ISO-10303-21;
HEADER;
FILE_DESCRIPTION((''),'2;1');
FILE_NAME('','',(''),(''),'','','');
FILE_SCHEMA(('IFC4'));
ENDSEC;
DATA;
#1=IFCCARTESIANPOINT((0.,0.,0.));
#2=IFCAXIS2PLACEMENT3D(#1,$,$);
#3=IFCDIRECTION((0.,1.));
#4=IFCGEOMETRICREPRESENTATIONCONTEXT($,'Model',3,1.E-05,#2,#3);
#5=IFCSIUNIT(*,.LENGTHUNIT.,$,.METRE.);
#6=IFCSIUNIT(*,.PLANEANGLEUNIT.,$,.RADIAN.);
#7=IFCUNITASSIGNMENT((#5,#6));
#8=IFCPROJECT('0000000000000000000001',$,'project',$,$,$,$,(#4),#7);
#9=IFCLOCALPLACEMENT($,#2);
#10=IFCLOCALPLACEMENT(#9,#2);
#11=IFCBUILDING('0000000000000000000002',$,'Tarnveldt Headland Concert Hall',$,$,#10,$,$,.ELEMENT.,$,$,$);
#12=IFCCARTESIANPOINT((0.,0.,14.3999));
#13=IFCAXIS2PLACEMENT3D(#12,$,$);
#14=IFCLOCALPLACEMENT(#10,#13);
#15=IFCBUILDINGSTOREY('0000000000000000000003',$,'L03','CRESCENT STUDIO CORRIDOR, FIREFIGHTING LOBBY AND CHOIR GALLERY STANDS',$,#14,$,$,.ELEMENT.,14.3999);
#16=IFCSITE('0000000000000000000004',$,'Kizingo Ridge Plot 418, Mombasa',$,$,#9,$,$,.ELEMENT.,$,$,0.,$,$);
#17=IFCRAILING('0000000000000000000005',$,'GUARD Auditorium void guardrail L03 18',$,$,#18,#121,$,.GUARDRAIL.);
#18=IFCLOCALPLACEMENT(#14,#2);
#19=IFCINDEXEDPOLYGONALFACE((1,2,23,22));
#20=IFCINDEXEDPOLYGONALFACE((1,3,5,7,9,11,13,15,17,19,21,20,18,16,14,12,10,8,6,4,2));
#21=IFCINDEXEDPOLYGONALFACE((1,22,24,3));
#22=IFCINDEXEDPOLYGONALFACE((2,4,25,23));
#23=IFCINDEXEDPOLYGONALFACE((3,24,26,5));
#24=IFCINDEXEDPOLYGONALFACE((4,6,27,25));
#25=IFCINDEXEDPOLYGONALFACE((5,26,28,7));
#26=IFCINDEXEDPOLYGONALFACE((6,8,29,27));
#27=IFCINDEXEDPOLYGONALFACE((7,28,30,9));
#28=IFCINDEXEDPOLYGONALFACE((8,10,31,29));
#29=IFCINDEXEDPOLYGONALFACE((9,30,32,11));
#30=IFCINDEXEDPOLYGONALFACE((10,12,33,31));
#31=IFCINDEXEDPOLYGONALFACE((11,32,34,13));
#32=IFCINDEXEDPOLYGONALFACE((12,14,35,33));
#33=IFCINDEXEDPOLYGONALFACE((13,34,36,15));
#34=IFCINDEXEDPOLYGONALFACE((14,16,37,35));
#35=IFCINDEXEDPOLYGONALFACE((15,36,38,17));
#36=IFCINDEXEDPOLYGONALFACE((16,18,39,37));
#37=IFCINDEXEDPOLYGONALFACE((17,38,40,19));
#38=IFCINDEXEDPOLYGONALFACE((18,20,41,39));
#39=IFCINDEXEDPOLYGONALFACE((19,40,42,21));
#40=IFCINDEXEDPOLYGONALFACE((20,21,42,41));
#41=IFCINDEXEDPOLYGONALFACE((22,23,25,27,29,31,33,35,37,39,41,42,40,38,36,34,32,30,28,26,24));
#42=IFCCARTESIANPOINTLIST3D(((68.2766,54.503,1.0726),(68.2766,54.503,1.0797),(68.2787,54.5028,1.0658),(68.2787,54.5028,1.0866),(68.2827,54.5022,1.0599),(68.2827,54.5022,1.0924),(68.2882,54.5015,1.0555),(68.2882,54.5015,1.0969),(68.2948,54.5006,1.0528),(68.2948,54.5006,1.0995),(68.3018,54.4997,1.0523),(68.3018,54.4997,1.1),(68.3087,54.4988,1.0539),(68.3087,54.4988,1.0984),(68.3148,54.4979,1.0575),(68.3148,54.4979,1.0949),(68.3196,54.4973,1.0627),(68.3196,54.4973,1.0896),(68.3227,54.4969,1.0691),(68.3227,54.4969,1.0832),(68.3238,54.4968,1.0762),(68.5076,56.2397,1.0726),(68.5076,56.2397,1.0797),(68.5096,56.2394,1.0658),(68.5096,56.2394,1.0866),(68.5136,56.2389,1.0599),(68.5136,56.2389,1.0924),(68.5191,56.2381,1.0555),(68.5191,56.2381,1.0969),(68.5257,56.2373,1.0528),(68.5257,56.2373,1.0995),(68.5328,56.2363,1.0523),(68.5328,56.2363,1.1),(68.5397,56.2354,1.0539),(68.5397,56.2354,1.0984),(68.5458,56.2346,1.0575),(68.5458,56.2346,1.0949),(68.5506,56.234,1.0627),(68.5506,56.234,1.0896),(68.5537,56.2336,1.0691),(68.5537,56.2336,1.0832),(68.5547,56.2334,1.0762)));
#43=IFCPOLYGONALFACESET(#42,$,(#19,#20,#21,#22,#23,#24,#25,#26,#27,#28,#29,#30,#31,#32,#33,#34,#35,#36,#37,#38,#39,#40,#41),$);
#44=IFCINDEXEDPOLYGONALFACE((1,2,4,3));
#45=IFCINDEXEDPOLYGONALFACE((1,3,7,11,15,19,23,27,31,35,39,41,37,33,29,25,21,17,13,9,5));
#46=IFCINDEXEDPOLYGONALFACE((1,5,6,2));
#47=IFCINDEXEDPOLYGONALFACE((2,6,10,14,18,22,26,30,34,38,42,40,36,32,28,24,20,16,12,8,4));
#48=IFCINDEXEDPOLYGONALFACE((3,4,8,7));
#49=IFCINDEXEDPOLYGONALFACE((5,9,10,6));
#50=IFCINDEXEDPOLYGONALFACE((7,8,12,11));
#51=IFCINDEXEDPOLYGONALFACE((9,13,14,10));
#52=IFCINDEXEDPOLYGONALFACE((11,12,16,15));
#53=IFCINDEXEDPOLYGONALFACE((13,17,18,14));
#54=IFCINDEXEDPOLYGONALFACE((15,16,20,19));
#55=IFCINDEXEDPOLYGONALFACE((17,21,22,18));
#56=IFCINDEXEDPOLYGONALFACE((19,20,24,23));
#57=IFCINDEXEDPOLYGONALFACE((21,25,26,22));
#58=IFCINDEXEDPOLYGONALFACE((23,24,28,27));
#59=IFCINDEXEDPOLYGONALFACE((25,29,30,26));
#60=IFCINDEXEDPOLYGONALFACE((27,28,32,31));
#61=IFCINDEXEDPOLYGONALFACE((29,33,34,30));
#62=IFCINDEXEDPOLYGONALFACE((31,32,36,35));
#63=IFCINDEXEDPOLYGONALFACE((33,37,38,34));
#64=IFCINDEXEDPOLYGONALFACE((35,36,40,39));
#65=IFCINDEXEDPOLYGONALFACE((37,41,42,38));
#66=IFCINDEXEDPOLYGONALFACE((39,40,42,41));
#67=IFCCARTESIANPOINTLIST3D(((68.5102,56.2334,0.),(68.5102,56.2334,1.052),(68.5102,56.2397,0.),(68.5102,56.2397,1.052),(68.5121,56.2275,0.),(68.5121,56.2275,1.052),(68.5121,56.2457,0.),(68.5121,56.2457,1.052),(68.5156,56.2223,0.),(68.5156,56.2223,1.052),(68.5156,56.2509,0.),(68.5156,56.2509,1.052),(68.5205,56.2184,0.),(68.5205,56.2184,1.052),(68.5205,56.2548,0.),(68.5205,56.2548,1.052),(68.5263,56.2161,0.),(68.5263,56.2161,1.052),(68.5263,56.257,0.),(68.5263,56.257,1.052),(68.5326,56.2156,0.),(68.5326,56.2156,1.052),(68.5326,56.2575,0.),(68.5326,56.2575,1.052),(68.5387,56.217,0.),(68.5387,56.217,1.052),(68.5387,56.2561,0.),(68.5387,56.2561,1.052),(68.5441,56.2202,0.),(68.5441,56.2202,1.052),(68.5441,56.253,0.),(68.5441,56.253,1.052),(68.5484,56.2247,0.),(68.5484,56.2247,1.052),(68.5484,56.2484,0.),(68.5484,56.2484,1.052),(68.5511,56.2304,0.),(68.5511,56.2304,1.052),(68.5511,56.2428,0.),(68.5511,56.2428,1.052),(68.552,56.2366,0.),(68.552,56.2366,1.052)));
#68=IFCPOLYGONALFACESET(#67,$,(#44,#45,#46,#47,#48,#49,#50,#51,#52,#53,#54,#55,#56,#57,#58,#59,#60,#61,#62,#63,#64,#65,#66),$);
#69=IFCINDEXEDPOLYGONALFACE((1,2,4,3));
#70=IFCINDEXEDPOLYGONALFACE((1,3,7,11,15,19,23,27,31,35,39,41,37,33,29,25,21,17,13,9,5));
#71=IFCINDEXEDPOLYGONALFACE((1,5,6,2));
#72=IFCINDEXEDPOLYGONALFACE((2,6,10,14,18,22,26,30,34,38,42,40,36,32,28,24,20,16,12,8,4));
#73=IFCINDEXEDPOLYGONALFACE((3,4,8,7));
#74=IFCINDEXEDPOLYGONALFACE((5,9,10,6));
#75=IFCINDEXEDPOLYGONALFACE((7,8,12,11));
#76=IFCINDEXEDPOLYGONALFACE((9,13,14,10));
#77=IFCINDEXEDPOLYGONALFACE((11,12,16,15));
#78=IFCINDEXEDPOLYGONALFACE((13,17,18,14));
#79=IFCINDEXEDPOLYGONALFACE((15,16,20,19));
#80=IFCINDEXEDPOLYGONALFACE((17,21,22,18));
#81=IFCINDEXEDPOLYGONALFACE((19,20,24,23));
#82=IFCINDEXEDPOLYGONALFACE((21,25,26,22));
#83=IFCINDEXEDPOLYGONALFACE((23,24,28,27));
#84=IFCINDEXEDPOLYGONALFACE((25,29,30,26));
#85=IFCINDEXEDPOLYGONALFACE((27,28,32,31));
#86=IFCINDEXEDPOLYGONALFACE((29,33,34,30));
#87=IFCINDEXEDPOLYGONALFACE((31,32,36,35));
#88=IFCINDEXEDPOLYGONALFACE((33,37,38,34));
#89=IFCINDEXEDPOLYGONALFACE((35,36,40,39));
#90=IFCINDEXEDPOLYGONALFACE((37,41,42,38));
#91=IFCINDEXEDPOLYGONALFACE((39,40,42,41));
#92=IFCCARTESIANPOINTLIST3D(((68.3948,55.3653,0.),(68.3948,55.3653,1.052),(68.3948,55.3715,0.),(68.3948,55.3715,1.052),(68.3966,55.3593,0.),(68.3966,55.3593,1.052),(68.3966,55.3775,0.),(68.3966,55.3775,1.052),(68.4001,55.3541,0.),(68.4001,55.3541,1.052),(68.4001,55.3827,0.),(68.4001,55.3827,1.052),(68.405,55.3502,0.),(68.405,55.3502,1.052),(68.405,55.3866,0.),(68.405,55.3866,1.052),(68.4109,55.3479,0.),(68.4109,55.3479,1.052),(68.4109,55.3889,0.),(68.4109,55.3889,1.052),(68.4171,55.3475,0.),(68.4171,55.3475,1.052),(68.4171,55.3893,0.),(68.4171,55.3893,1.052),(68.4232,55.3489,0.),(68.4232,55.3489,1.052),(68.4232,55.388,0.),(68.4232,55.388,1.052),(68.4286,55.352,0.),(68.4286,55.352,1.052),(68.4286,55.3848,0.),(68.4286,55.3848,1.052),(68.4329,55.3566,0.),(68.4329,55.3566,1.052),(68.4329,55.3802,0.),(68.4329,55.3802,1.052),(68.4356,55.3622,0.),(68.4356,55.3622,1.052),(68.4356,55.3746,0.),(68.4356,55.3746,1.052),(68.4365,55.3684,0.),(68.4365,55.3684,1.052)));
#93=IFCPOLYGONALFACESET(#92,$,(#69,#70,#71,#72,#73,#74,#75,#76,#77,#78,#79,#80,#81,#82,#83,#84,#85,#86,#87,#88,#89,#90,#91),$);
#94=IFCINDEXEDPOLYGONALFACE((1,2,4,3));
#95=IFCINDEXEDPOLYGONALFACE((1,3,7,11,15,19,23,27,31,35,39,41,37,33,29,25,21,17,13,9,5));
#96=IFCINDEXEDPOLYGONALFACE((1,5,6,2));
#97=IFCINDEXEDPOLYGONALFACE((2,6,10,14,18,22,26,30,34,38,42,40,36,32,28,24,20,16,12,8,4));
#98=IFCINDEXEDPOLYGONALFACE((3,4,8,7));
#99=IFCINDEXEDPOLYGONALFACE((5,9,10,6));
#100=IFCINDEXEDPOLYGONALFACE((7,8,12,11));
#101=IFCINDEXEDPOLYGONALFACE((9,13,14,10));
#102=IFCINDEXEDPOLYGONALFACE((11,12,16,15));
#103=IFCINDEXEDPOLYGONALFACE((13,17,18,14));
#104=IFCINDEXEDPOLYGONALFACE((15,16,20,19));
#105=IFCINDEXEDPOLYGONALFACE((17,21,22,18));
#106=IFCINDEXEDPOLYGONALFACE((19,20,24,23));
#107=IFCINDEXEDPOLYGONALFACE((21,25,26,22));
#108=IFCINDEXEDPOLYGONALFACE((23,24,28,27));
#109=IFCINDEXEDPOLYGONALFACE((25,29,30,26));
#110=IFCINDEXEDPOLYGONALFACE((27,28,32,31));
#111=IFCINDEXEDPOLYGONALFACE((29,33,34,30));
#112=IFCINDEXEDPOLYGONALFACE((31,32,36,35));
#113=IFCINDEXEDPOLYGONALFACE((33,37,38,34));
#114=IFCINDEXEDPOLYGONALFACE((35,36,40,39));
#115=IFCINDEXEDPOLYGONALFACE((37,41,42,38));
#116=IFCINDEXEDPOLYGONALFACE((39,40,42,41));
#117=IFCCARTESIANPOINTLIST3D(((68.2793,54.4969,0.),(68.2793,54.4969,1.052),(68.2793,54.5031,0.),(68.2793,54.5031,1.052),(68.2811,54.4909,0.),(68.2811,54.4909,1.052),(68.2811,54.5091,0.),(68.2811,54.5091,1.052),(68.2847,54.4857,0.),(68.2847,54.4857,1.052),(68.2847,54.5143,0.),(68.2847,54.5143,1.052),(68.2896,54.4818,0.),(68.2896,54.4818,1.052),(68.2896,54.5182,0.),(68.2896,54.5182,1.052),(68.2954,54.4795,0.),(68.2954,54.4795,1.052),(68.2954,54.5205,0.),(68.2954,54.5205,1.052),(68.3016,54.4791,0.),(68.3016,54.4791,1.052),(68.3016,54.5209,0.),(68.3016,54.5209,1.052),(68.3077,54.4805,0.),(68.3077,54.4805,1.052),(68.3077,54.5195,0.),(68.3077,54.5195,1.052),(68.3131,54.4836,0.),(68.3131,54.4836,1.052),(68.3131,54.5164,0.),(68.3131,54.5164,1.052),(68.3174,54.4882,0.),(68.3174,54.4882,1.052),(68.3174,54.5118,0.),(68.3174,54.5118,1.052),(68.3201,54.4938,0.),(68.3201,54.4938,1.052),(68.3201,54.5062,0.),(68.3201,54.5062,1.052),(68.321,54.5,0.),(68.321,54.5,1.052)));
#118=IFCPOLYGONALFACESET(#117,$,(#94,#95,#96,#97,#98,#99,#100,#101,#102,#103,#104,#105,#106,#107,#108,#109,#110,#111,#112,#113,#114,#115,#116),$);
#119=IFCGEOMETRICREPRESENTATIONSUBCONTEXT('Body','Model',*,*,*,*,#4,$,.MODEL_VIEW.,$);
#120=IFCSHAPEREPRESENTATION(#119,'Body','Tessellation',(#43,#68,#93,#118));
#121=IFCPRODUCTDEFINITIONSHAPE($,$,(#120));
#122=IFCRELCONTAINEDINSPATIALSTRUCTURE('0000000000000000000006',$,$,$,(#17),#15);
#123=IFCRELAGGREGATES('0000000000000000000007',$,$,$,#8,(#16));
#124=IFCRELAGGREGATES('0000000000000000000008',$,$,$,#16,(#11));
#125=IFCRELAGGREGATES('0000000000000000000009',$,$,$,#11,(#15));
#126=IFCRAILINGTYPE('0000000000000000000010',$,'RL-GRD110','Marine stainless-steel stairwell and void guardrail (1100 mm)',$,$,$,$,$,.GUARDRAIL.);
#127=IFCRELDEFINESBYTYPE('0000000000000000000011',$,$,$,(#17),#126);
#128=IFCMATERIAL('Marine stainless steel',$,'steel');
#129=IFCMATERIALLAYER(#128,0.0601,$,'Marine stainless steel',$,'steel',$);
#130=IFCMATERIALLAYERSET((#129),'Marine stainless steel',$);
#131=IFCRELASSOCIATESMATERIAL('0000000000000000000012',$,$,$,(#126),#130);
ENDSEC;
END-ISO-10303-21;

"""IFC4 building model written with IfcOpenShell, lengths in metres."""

from ifc_helpers import new_model, si_unit, direction, frame, origin, origin_2d, place, context, subcontext, project, spatial, circle, extrude, material, layer, layer_set, type_object, element, save


model = new_model("IFC4")

# Units and contexts
model_context = context("Model", 3, precision=1e-05, world=origin(), true_north=direction((0.0, 1.0)))
body_context = subcontext(model_context, "Body", "Model", "MODEL_VIEW")
ifc_project = project(units=[si_unit("LENGTHUNIT", "METRE"), si_unit("PLANEANGLEUNIT", "RADIAN")], contexts=[model_context])

# Site, building, storey
site_placement = place(None, origin())
site = spatial("IfcSite", under=ifc_project, at=site_placement, Name="Kizingo Ridge Plot 418, Mombasa", CompositionType="ELEMENT", RefElevation=0.0)
building_placement = place(site_placement, origin())
building = spatial("IfcBuilding", under=site, at=building_placement, Name="Tarnveldt Headland Concert Hall", CompositionType="ELEMENT")
storey_placement = place(building_placement, frame((0.0, 0.0, 14.3999)))
storey = spatial("IfcBuildingStorey", under=building, at=storey_placement, Name="L03", Description="CRESCENT STUDIO CORRIDOR, FIREFIGHTING LOBBY AND CHOIR GALLERY STANDS", CompositionType="ELEMENT", Elevation=14.3999)

# Railing
ifc_material_1 = material(Name="Marine stainless steel", Category="steel")
ifc_layer_1 = layer(ifc_material_1, 0.0601, Name="Marine stainless steel", Category="steel")
ifc_layer_set_1 = layer_set([ifc_layer_1], Name="Marine stainless steel")
railing_type = type_object("IfcRailingType", Name="RL-GRD110", Description="Marine stainless-steel stairwell and void guardrail (1100 mm)", PredefinedType="GUARDRAIL", material=ifc_layer_set_1)
railing_1_placement = place(storey_placement, frame((68.531, 56.2366, 0.0)))
element("IfcRailing", 1, at=railing_1_placement, inside=storey, type_object=railing_type, Name="GUARD Auditorium void guardrail L03 18", PredefinedType="GUARDRAIL", context=body_context, shape_type="SweptSolid", body=[
    extrude(circle(Radius=0.0239, at=origin_2d()), frame((0.0, 0.0, 1.0762), z_axis=(-0.131835, -0.991272, 0.0), x_axis=(0.991272, -0.131835, 0.0)), (0.0, 0.0, 1.0), 1.752),
    extrude(circle(Radius=0.021, at=origin_2d()), origin(), (0.0, 0.0, 1.0), 1.052),
    extrude(circle(Radius=0.021, at=origin_2d()), frame((-0.1155, -0.8682, 0.0)), (0.0, 0.0, 1.0), 1.052),
    extrude(circle(Radius=0.021, at=origin_2d()), frame((-0.231, -1.7366, 0.0)), (0.0, 0.0, 1.0), 1.052),
])

save(model, "model.ifc")
